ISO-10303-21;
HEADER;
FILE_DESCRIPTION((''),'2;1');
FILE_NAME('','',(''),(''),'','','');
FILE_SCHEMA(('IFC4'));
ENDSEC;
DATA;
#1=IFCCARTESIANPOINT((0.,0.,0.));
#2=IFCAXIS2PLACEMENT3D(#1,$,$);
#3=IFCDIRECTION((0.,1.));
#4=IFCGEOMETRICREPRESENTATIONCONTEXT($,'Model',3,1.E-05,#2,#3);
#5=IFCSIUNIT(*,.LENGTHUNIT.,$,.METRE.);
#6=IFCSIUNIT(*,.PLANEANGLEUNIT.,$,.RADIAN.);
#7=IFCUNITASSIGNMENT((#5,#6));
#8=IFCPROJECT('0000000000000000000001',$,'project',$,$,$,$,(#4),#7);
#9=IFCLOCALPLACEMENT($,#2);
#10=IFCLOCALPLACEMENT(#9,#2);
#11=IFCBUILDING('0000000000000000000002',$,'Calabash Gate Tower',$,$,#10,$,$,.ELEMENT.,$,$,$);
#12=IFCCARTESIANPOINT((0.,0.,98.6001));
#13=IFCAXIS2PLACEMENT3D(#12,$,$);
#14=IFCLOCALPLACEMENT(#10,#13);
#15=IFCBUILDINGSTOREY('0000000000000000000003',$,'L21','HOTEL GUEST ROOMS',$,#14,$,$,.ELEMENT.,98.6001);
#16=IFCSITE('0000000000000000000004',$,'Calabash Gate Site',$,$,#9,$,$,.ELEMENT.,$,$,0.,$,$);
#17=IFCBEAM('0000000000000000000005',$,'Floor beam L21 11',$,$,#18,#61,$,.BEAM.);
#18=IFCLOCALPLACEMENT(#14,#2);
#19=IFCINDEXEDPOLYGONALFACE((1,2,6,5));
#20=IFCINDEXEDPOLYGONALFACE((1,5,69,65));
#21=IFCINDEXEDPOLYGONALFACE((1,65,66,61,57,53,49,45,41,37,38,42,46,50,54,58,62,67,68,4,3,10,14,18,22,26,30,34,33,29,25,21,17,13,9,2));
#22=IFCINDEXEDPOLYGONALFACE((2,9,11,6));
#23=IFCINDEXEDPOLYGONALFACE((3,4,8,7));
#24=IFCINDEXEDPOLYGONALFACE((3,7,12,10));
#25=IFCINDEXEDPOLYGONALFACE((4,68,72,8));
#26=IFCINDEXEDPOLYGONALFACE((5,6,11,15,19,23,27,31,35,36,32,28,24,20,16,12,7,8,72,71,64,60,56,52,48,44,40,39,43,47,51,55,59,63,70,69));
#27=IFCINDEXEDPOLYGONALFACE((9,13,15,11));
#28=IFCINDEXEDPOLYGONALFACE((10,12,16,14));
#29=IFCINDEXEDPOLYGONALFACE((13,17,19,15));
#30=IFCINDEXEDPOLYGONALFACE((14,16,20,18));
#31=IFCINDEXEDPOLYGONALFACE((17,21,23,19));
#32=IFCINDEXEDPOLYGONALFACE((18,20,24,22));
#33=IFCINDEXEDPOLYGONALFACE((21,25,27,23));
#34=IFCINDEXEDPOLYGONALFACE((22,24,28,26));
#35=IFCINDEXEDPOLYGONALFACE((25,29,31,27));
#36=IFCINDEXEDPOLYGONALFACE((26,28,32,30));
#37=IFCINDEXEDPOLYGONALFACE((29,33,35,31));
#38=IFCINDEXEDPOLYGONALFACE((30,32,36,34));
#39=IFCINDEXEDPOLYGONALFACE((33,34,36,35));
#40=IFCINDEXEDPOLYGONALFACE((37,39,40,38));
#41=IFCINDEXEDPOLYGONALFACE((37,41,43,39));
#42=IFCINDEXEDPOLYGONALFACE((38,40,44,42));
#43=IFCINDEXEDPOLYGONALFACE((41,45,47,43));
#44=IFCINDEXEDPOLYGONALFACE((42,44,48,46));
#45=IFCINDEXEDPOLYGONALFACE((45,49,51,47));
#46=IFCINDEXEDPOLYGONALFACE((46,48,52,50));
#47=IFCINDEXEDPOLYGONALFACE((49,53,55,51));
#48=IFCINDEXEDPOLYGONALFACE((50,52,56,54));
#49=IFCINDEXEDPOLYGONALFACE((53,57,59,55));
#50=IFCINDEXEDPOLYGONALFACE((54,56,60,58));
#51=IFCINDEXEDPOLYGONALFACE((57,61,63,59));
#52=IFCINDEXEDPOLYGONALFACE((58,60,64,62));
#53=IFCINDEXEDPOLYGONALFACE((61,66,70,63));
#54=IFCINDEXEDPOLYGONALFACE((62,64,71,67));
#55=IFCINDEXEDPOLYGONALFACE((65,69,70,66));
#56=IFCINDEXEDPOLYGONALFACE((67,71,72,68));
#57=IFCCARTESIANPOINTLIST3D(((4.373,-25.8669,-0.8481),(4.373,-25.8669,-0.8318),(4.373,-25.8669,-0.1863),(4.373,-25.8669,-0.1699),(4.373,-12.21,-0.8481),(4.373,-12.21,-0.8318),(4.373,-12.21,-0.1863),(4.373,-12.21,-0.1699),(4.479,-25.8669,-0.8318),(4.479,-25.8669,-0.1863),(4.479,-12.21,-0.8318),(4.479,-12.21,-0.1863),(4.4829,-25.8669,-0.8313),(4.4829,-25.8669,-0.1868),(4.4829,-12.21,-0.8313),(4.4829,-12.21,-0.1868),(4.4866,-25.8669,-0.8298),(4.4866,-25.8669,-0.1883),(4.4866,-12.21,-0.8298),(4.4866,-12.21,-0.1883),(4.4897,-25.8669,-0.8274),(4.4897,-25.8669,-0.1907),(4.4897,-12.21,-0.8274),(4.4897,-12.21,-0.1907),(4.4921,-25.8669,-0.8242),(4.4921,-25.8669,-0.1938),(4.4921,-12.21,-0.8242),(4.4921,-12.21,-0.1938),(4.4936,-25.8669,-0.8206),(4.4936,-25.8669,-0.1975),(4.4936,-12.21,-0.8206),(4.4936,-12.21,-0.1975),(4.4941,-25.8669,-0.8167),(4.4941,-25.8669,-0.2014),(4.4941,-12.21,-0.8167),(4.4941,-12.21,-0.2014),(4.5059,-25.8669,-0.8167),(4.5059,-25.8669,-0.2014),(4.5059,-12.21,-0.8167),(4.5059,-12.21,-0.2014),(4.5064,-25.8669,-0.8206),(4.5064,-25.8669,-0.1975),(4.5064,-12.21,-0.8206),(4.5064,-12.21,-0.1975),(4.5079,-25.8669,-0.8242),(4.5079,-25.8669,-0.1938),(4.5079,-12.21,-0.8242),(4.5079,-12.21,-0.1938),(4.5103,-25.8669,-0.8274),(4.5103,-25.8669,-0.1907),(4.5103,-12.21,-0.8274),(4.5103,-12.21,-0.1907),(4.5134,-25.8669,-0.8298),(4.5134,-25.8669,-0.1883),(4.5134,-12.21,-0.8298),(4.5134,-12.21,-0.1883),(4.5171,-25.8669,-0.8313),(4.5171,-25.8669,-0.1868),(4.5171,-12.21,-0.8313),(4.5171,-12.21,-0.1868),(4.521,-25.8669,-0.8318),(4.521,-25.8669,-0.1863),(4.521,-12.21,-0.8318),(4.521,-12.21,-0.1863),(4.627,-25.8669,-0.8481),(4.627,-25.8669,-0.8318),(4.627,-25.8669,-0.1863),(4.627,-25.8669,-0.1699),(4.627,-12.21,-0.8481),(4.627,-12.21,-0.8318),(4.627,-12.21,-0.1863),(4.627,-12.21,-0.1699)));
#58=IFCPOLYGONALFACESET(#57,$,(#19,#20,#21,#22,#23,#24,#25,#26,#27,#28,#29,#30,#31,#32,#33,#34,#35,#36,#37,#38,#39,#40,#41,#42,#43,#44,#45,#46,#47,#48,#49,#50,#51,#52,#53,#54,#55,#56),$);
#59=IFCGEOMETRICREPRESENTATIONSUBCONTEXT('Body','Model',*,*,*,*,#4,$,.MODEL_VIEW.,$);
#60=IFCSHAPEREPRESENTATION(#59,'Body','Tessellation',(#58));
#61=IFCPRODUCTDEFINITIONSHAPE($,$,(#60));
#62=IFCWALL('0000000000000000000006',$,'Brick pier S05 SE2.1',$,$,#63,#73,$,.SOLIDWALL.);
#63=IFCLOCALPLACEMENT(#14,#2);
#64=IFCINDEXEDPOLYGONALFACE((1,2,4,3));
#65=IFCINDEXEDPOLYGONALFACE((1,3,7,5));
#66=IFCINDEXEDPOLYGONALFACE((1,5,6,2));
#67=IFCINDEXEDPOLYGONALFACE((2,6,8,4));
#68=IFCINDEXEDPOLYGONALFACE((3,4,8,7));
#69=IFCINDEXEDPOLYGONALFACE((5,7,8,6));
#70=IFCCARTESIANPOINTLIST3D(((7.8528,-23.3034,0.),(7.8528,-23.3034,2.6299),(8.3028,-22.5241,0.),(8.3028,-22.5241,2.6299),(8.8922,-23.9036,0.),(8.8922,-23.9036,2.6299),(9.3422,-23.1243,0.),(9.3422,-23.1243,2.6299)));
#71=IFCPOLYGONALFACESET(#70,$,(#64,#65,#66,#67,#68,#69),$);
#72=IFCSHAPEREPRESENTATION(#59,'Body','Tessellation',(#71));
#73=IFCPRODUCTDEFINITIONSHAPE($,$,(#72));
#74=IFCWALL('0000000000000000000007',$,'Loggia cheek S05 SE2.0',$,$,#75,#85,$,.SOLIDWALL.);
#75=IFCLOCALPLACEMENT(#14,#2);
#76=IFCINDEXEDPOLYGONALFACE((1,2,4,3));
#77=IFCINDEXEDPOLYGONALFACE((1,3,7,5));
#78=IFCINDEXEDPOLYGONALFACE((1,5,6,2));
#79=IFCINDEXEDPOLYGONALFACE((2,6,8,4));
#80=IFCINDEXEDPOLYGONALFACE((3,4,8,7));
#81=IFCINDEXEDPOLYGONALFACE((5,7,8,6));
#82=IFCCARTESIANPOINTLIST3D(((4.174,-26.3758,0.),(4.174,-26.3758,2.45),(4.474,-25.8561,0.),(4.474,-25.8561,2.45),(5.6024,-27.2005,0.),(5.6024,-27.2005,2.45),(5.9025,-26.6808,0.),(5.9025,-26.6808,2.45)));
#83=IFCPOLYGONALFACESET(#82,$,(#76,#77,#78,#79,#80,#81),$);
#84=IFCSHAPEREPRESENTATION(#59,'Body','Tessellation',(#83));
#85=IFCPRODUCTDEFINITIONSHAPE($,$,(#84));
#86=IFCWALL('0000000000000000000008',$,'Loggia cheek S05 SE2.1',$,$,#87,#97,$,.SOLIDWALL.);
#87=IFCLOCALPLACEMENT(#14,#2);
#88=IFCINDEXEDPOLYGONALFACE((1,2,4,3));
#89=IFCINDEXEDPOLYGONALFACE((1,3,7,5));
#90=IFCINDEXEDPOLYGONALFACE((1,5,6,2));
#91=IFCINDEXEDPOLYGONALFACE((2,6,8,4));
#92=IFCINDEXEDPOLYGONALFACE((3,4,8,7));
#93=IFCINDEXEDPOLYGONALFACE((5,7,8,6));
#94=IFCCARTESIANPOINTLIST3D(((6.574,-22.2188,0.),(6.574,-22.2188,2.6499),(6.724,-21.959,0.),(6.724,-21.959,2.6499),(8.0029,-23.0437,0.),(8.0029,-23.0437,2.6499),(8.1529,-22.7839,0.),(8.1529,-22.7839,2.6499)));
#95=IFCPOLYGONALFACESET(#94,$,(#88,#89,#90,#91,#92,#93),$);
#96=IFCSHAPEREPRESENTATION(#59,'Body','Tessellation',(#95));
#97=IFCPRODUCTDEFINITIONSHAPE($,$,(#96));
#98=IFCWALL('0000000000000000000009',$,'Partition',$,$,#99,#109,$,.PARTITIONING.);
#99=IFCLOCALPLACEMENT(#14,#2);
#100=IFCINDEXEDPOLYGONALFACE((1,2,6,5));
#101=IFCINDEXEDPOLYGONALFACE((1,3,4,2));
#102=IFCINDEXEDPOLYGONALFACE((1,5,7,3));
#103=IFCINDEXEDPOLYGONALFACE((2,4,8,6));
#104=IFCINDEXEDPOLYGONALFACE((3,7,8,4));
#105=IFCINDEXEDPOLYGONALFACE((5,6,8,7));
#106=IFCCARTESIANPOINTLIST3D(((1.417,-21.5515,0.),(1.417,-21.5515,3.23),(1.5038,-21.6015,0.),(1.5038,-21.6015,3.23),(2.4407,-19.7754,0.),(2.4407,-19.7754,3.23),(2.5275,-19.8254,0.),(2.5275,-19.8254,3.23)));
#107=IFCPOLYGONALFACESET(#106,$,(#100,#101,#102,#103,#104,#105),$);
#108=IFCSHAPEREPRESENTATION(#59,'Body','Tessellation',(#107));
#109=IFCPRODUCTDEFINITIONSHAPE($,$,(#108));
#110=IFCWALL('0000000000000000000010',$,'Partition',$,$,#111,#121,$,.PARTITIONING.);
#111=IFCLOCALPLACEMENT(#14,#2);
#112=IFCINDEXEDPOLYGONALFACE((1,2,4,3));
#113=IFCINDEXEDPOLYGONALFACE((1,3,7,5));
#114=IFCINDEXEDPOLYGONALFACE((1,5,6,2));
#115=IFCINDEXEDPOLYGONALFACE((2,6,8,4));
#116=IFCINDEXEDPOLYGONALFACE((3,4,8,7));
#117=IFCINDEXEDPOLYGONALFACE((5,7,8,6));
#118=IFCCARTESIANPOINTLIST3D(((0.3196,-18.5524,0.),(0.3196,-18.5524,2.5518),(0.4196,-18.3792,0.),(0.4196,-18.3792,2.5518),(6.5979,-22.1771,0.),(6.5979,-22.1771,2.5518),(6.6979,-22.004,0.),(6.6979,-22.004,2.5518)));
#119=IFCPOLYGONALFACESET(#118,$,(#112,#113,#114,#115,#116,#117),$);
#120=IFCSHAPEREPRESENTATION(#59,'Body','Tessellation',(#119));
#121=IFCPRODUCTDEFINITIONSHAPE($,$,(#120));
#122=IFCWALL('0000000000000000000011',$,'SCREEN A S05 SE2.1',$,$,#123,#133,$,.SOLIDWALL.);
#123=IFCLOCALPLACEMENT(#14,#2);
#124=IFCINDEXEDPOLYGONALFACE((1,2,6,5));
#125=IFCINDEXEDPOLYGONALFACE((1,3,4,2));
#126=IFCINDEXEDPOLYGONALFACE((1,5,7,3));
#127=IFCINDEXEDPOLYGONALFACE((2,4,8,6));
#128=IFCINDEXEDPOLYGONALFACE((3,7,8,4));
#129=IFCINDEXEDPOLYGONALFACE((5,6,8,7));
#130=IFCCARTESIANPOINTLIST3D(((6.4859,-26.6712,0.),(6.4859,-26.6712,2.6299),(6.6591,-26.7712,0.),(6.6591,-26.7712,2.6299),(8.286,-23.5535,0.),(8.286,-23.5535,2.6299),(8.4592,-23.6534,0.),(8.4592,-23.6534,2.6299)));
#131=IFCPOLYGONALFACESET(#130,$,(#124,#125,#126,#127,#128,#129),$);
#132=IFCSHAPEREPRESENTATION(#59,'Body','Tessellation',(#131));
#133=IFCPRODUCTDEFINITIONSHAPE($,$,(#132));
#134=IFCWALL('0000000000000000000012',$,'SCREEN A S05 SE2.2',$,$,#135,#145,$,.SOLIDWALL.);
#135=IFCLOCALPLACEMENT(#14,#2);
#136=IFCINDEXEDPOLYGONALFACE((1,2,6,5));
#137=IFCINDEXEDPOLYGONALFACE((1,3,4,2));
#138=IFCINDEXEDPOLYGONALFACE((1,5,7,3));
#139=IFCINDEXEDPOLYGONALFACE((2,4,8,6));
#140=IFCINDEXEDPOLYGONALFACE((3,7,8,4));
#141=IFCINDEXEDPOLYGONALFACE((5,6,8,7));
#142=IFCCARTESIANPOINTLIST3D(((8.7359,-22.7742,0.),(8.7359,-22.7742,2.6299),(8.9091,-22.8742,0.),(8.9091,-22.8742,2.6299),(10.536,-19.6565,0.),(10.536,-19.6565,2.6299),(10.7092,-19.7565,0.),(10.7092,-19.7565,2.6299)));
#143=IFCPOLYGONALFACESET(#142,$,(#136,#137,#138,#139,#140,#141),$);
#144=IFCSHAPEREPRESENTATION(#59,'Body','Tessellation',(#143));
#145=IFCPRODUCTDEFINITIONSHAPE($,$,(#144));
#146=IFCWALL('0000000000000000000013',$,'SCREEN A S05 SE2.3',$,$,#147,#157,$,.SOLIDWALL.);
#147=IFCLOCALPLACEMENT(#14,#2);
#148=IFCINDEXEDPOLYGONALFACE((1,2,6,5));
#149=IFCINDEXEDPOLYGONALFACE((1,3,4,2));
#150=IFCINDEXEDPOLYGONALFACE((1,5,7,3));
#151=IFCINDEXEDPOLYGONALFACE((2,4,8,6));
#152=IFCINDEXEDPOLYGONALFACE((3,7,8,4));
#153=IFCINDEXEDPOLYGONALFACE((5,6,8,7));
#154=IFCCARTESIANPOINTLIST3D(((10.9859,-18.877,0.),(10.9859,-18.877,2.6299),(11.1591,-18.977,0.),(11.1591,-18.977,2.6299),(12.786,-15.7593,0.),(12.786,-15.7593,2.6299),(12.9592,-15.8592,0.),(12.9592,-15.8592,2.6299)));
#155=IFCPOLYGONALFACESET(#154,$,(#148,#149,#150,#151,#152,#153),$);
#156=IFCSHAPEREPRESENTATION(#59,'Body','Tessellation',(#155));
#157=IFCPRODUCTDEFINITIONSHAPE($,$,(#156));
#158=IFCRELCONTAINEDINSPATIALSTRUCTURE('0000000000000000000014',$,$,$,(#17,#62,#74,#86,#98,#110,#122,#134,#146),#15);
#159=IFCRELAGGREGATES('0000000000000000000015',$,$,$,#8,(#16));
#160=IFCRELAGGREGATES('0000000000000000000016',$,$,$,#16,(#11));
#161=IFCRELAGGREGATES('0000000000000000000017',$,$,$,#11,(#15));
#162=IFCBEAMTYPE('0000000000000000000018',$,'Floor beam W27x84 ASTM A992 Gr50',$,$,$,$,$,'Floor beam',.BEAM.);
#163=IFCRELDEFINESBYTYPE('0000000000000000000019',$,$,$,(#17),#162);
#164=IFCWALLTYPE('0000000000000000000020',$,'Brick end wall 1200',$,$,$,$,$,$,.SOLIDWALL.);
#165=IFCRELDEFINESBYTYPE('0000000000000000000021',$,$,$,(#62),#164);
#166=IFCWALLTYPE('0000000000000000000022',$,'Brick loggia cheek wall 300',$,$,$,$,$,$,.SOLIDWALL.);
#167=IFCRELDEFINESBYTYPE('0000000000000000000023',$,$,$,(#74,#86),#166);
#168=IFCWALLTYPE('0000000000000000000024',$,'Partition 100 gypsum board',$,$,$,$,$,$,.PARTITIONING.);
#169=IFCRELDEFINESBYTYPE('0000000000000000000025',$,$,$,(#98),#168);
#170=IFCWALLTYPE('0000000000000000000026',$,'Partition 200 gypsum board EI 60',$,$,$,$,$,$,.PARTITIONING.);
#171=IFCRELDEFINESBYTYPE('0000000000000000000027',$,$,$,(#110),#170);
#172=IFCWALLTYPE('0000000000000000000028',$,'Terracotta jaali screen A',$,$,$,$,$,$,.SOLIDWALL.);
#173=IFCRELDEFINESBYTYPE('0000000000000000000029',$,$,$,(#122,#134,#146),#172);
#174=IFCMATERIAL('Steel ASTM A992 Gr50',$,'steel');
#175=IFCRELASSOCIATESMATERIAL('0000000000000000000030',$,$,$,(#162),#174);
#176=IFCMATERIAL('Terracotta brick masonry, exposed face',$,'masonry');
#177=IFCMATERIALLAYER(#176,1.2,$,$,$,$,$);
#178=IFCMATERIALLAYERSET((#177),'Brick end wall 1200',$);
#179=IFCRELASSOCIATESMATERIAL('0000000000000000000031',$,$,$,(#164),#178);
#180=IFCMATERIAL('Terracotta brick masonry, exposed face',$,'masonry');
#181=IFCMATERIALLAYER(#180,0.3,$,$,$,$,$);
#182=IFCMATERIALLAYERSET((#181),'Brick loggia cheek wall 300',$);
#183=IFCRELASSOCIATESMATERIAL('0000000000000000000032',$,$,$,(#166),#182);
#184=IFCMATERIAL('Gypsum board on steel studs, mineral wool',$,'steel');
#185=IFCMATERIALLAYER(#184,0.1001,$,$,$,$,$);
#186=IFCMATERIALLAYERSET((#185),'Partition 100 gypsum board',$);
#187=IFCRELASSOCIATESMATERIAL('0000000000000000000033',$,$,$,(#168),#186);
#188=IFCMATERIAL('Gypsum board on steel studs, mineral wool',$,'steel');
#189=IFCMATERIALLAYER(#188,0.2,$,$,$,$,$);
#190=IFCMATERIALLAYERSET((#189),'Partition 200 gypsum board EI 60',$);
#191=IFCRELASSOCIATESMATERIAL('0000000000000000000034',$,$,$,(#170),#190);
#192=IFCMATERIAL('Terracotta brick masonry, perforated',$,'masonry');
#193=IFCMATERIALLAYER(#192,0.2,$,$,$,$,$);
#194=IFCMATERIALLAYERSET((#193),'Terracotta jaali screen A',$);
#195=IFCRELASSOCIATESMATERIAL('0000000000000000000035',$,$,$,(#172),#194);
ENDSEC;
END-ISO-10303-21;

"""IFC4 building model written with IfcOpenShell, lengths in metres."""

from ifc_helpers import new_model, si_unit, direction, frame, frame_2d, origin, origin_2d, place, context, subcontext, project, spatial, rectangle, i_section, extrude, material, layer, layer_set, material_profile, profile_set, type_object, element, save


model = new_model("IFC4")

# Units and contexts
model_context = context("Model", 3, precision=1e-05, world=origin(), true_north=direction((0.0, 1.0)))
body_context = subcontext(model_context, "Body", "Model", "MODEL_VIEW")
ifc_project = project(units=[si_unit("LENGTHUNIT", "METRE"), si_unit("PLANEANGLEUNIT", "RADIAN")], contexts=[model_context])

# Site, building, storey
site_placement = place(None, origin())
site = spatial("IfcSite", under=ifc_project, at=site_placement, Name="Calabash Gate Site", CompositionType="ELEMENT", RefElevation=0.0)
building_placement = place(site_placement, origin())
building = spatial("IfcBuilding", under=site, at=building_placement, Name="Calabash Gate Tower", CompositionType="ELEMENT")
storey_placement = place(building_placement, frame((0.0, 0.0, 98.6001)))
storey = spatial("IfcBuildingStorey", under=building, at=storey_placement, Name="L21", Description="HOTEL GUEST ROOMS", CompositionType="ELEMENT", Elevation=98.6001)

# Beam
ifc_material_1 = material(Name="Steel ASTM A992 Gr50", Category="steel")
ifc_material_profile_1 = material_profile(ifc_material_1, i_section(OverallWidth=0.2539, OverallDepth=0.6782, WebThickness=0.0117, FlangeThickness=0.0164, FilletRadius=0.0151, at=origin_2d()))
ifc_profile_set_1 = profile_set([ifc_material_profile_1], Name="Steel ASTM A992 Gr50")
beam_type_1 = type_object("IfcBeamType", Name="Floor beam W27x84 ASTM A992 Gr50", ElementType="Floor beam", PredefinedType="BEAM", material=ifc_profile_set_1)
beam_1_placement = place(storey_placement, frame((4.5, -25.8669, -0.509), z_axis=(0.0, 1.0, 0.0), x_axis=(-1.0, 0.0, 0.0)))
element("IfcBeam", 1, at=beam_1_placement, inside=storey, type_object=beam_type_1, Name="Floor beam L21 11", PredefinedType="BEAM", context=body_context, shape_type="SweptSolid", body=[
    extrude(i_section(OverallWidth=0.2539, OverallDepth=0.6782, WebThickness=0.0117, FlangeThickness=0.0164, FilletRadius=0.0151, at=origin_2d()), origin(), (0.0, 0.0, 1.0), 13.657),
])

# Walls
ifc_material_2 = material(Name="Terracotta brick masonry, exposed face", Category="masonry")
ifc_layer_1 = layer(ifc_material_2, 1.2)
ifc_layer_set_1 = layer_set([ifc_layer_1], Name="Brick end wall 1200")
wall_type_1 = type_object("IfcWallType", Name="Brick end wall 1200", PredefinedType="SOLIDWALL", material=ifc_layer_set_1)
wall_1_placement = place(storey_placement, frame((9.1172, -23.5139, 0.0), z_axis=(0.0, 0.0, 1.0), x_axis=(-0.866006, 0.500034, 0.0)))
element("IfcWall", 2, at=wall_1_placement, inside=storey, type_object=wall_type_1, Name="Brick pier S05 SE2.1", PredefinedType="SOLIDWALL", context=body_context, shape_type="SweptSolid", body=[
    extrude(rectangle(XDim=1.2002, YDim=0.8999, at=frame_2d((0.6001, 0.0))), origin(), (0.0, 0.0, 1.0), 2.6299),
])
ifc_material_3 = material(Name="Terracotta brick masonry, exposed face", Category="masonry")
ifc_layer_2 = layer(ifc_material_3, 0.3)
ifc_layer_set_2 = layer_set([ifc_layer_2], Name="Brick loggia cheek wall 300")
wall_type_2 = type_object("IfcWallType", Name="Brick loggia cheek wall 300", PredefinedType="SOLIDWALL", material=ifc_layer_set_2)
wall_2_placement = place(storey_placement, frame((5.7524, -26.9407, 0.0), z_axis=(0.0, 0.0, 1.0), x_axis=(-0.86603, 0.499992, 0.0)))
element("IfcWall", 3, at=wall_2_placement, inside=storey, type_object=wall_type_2, Name="Loggia cheek S05 SE2.0", PredefinedType="SOLIDWALL", context=body_context, shape_type="SweptSolid", body=[
    extrude(rectangle(XDim=1.6494, YDim=0.6001, at=frame_2d((0.8247, 0.0))), origin(), (0.0, 0.0, 1.0), 2.45),
])
wall_3_placement = place(storey_placement, frame((8.0779, -22.9138, 0.0), z_axis=(0.0, 0.0, 1.0), x_axis=(-0.86604, 0.499974, 0.0)))
element("IfcWall", 4, at=wall_3_placement, inside=storey, type_object=wall_type_2, Name="Loggia cheek S05 SE2.1", PredefinedType="SOLIDWALL", context=body_context, shape_type="SweptSolid", body=[
    extrude(rectangle(XDim=1.6499, YDim=0.3, at=frame_2d((0.825, 0.0))), origin(), (0.0, 0.0, 1.0), 2.6499),
])
ifc_material_4 = material(Name="Gypsum board on steel studs, mineral wool", Category="steel")
ifc_layer_3 = layer(ifc_material_4, 0.1001)
ifc_layer_set_3 = layer_set([ifc_layer_3], Name="Partition 100 gypsum board")
wall_type_3 = type_object("IfcWallType", Name="Partition 100 gypsum board", PredefinedType="PARTITIONING", material=ifc_layer_set_3)
wall_4_placement = place(storey_placement, frame((1.4604, -21.5764, 0.0), z_axis=(0.0, 0.0, 1.0), x_axis=(0.499355, 0.866398, 0.0)))
element("IfcWall", 5, at=wall_4_placement, inside=storey, type_object=wall_type_3, Name="Partition", PredefinedType="PARTITIONING", context=body_context, shape_type="SweptSolid", body=[
    extrude(rectangle(XDim=2.05, YDim=0.1001, at=frame_2d((1.0249, 0.0))), origin(), (0.0, 0.0, 1.0), 3.23),
])
ifc_material_5 = material(Name="Gypsum board on steel studs, mineral wool", Category="steel")
ifc_layer_4 = layer(ifc_material_5, 0.2)
ifc_layer_set_4 = layer_set([ifc_layer_4], Name="Partition 200 gypsum board EI 60")
wall_type_4 = type_object("IfcWallType", Name="Partition 200 gypsum board EI 60", PredefinedType="PARTITIONING", material=ifc_layer_set_4)
wall_5_placement = place(storey_placement, frame((0.3696, -18.4658, 0.0), z_axis=(0.0, 0.0, 1.0), x_axis=(0.866027, -0.499996, 0.0)))
element("IfcWall", 6, at=wall_5_placement, inside=storey, type_object=wall_type_4, Name="Partition", PredefinedType="PARTITIONING", context=body_context, shape_type="SweptSolid", body=[
    extrude(rectangle(XDim=7.2495, YDim=0.2, at=frame_2d((3.6248, 0.0))), origin(), (0.0, 0.0, 1.0), 2.5518),
])
ifc_material_6 = material(Name="Terracotta brick masonry, perforated", Category="masonry")
ifc_layer_5 = layer(ifc_material_6, 0.2)
ifc_layer_set_5 = layer_set([ifc_layer_5], Name="Terracotta jaali screen A")
wall_type_5 = type_object("IfcWallType", Name="Terracotta jaali screen A", PredefinedType="SOLIDWALL", material=ifc_layer_set_5)
for number, where, z_axis, x_axis, name in (
    (7, (6.5725, -26.7212, 0.0), (0.0, 0.0, 1.0), (0.500012, 0.866018, 0.0), "SCREEN A S05 SE2.1"),
    (8, (8.8225, -22.8242, 0.0), (0.0, 0.0, 1.0), (0.500012, 0.866018, 0.0), "SCREEN A S05 SE2.2"),
    (9, (11.0725, -18.927, 0.0), (0.0, 0.0, 1.0), (0.500012, 0.866018, 0.0), "SCREEN A S05 SE2.3"),
):
    element("IfcWall", number, at=place(storey_placement, frame(where, z_axis=z_axis, x_axis=x_axis)), inside=storey, type_object=wall_type_5, Name=name, PredefinedType="SOLIDWALL", context=body_context, shape_type="SweptSolid", body=[
        extrude(rectangle(XDim=3.6001, YDim=0.2, at=frame_2d((1.8, 0.0))), origin(), (0.0, 0.0, 1.0), 2.6299),
    ])

save(model, "model.ifc")
